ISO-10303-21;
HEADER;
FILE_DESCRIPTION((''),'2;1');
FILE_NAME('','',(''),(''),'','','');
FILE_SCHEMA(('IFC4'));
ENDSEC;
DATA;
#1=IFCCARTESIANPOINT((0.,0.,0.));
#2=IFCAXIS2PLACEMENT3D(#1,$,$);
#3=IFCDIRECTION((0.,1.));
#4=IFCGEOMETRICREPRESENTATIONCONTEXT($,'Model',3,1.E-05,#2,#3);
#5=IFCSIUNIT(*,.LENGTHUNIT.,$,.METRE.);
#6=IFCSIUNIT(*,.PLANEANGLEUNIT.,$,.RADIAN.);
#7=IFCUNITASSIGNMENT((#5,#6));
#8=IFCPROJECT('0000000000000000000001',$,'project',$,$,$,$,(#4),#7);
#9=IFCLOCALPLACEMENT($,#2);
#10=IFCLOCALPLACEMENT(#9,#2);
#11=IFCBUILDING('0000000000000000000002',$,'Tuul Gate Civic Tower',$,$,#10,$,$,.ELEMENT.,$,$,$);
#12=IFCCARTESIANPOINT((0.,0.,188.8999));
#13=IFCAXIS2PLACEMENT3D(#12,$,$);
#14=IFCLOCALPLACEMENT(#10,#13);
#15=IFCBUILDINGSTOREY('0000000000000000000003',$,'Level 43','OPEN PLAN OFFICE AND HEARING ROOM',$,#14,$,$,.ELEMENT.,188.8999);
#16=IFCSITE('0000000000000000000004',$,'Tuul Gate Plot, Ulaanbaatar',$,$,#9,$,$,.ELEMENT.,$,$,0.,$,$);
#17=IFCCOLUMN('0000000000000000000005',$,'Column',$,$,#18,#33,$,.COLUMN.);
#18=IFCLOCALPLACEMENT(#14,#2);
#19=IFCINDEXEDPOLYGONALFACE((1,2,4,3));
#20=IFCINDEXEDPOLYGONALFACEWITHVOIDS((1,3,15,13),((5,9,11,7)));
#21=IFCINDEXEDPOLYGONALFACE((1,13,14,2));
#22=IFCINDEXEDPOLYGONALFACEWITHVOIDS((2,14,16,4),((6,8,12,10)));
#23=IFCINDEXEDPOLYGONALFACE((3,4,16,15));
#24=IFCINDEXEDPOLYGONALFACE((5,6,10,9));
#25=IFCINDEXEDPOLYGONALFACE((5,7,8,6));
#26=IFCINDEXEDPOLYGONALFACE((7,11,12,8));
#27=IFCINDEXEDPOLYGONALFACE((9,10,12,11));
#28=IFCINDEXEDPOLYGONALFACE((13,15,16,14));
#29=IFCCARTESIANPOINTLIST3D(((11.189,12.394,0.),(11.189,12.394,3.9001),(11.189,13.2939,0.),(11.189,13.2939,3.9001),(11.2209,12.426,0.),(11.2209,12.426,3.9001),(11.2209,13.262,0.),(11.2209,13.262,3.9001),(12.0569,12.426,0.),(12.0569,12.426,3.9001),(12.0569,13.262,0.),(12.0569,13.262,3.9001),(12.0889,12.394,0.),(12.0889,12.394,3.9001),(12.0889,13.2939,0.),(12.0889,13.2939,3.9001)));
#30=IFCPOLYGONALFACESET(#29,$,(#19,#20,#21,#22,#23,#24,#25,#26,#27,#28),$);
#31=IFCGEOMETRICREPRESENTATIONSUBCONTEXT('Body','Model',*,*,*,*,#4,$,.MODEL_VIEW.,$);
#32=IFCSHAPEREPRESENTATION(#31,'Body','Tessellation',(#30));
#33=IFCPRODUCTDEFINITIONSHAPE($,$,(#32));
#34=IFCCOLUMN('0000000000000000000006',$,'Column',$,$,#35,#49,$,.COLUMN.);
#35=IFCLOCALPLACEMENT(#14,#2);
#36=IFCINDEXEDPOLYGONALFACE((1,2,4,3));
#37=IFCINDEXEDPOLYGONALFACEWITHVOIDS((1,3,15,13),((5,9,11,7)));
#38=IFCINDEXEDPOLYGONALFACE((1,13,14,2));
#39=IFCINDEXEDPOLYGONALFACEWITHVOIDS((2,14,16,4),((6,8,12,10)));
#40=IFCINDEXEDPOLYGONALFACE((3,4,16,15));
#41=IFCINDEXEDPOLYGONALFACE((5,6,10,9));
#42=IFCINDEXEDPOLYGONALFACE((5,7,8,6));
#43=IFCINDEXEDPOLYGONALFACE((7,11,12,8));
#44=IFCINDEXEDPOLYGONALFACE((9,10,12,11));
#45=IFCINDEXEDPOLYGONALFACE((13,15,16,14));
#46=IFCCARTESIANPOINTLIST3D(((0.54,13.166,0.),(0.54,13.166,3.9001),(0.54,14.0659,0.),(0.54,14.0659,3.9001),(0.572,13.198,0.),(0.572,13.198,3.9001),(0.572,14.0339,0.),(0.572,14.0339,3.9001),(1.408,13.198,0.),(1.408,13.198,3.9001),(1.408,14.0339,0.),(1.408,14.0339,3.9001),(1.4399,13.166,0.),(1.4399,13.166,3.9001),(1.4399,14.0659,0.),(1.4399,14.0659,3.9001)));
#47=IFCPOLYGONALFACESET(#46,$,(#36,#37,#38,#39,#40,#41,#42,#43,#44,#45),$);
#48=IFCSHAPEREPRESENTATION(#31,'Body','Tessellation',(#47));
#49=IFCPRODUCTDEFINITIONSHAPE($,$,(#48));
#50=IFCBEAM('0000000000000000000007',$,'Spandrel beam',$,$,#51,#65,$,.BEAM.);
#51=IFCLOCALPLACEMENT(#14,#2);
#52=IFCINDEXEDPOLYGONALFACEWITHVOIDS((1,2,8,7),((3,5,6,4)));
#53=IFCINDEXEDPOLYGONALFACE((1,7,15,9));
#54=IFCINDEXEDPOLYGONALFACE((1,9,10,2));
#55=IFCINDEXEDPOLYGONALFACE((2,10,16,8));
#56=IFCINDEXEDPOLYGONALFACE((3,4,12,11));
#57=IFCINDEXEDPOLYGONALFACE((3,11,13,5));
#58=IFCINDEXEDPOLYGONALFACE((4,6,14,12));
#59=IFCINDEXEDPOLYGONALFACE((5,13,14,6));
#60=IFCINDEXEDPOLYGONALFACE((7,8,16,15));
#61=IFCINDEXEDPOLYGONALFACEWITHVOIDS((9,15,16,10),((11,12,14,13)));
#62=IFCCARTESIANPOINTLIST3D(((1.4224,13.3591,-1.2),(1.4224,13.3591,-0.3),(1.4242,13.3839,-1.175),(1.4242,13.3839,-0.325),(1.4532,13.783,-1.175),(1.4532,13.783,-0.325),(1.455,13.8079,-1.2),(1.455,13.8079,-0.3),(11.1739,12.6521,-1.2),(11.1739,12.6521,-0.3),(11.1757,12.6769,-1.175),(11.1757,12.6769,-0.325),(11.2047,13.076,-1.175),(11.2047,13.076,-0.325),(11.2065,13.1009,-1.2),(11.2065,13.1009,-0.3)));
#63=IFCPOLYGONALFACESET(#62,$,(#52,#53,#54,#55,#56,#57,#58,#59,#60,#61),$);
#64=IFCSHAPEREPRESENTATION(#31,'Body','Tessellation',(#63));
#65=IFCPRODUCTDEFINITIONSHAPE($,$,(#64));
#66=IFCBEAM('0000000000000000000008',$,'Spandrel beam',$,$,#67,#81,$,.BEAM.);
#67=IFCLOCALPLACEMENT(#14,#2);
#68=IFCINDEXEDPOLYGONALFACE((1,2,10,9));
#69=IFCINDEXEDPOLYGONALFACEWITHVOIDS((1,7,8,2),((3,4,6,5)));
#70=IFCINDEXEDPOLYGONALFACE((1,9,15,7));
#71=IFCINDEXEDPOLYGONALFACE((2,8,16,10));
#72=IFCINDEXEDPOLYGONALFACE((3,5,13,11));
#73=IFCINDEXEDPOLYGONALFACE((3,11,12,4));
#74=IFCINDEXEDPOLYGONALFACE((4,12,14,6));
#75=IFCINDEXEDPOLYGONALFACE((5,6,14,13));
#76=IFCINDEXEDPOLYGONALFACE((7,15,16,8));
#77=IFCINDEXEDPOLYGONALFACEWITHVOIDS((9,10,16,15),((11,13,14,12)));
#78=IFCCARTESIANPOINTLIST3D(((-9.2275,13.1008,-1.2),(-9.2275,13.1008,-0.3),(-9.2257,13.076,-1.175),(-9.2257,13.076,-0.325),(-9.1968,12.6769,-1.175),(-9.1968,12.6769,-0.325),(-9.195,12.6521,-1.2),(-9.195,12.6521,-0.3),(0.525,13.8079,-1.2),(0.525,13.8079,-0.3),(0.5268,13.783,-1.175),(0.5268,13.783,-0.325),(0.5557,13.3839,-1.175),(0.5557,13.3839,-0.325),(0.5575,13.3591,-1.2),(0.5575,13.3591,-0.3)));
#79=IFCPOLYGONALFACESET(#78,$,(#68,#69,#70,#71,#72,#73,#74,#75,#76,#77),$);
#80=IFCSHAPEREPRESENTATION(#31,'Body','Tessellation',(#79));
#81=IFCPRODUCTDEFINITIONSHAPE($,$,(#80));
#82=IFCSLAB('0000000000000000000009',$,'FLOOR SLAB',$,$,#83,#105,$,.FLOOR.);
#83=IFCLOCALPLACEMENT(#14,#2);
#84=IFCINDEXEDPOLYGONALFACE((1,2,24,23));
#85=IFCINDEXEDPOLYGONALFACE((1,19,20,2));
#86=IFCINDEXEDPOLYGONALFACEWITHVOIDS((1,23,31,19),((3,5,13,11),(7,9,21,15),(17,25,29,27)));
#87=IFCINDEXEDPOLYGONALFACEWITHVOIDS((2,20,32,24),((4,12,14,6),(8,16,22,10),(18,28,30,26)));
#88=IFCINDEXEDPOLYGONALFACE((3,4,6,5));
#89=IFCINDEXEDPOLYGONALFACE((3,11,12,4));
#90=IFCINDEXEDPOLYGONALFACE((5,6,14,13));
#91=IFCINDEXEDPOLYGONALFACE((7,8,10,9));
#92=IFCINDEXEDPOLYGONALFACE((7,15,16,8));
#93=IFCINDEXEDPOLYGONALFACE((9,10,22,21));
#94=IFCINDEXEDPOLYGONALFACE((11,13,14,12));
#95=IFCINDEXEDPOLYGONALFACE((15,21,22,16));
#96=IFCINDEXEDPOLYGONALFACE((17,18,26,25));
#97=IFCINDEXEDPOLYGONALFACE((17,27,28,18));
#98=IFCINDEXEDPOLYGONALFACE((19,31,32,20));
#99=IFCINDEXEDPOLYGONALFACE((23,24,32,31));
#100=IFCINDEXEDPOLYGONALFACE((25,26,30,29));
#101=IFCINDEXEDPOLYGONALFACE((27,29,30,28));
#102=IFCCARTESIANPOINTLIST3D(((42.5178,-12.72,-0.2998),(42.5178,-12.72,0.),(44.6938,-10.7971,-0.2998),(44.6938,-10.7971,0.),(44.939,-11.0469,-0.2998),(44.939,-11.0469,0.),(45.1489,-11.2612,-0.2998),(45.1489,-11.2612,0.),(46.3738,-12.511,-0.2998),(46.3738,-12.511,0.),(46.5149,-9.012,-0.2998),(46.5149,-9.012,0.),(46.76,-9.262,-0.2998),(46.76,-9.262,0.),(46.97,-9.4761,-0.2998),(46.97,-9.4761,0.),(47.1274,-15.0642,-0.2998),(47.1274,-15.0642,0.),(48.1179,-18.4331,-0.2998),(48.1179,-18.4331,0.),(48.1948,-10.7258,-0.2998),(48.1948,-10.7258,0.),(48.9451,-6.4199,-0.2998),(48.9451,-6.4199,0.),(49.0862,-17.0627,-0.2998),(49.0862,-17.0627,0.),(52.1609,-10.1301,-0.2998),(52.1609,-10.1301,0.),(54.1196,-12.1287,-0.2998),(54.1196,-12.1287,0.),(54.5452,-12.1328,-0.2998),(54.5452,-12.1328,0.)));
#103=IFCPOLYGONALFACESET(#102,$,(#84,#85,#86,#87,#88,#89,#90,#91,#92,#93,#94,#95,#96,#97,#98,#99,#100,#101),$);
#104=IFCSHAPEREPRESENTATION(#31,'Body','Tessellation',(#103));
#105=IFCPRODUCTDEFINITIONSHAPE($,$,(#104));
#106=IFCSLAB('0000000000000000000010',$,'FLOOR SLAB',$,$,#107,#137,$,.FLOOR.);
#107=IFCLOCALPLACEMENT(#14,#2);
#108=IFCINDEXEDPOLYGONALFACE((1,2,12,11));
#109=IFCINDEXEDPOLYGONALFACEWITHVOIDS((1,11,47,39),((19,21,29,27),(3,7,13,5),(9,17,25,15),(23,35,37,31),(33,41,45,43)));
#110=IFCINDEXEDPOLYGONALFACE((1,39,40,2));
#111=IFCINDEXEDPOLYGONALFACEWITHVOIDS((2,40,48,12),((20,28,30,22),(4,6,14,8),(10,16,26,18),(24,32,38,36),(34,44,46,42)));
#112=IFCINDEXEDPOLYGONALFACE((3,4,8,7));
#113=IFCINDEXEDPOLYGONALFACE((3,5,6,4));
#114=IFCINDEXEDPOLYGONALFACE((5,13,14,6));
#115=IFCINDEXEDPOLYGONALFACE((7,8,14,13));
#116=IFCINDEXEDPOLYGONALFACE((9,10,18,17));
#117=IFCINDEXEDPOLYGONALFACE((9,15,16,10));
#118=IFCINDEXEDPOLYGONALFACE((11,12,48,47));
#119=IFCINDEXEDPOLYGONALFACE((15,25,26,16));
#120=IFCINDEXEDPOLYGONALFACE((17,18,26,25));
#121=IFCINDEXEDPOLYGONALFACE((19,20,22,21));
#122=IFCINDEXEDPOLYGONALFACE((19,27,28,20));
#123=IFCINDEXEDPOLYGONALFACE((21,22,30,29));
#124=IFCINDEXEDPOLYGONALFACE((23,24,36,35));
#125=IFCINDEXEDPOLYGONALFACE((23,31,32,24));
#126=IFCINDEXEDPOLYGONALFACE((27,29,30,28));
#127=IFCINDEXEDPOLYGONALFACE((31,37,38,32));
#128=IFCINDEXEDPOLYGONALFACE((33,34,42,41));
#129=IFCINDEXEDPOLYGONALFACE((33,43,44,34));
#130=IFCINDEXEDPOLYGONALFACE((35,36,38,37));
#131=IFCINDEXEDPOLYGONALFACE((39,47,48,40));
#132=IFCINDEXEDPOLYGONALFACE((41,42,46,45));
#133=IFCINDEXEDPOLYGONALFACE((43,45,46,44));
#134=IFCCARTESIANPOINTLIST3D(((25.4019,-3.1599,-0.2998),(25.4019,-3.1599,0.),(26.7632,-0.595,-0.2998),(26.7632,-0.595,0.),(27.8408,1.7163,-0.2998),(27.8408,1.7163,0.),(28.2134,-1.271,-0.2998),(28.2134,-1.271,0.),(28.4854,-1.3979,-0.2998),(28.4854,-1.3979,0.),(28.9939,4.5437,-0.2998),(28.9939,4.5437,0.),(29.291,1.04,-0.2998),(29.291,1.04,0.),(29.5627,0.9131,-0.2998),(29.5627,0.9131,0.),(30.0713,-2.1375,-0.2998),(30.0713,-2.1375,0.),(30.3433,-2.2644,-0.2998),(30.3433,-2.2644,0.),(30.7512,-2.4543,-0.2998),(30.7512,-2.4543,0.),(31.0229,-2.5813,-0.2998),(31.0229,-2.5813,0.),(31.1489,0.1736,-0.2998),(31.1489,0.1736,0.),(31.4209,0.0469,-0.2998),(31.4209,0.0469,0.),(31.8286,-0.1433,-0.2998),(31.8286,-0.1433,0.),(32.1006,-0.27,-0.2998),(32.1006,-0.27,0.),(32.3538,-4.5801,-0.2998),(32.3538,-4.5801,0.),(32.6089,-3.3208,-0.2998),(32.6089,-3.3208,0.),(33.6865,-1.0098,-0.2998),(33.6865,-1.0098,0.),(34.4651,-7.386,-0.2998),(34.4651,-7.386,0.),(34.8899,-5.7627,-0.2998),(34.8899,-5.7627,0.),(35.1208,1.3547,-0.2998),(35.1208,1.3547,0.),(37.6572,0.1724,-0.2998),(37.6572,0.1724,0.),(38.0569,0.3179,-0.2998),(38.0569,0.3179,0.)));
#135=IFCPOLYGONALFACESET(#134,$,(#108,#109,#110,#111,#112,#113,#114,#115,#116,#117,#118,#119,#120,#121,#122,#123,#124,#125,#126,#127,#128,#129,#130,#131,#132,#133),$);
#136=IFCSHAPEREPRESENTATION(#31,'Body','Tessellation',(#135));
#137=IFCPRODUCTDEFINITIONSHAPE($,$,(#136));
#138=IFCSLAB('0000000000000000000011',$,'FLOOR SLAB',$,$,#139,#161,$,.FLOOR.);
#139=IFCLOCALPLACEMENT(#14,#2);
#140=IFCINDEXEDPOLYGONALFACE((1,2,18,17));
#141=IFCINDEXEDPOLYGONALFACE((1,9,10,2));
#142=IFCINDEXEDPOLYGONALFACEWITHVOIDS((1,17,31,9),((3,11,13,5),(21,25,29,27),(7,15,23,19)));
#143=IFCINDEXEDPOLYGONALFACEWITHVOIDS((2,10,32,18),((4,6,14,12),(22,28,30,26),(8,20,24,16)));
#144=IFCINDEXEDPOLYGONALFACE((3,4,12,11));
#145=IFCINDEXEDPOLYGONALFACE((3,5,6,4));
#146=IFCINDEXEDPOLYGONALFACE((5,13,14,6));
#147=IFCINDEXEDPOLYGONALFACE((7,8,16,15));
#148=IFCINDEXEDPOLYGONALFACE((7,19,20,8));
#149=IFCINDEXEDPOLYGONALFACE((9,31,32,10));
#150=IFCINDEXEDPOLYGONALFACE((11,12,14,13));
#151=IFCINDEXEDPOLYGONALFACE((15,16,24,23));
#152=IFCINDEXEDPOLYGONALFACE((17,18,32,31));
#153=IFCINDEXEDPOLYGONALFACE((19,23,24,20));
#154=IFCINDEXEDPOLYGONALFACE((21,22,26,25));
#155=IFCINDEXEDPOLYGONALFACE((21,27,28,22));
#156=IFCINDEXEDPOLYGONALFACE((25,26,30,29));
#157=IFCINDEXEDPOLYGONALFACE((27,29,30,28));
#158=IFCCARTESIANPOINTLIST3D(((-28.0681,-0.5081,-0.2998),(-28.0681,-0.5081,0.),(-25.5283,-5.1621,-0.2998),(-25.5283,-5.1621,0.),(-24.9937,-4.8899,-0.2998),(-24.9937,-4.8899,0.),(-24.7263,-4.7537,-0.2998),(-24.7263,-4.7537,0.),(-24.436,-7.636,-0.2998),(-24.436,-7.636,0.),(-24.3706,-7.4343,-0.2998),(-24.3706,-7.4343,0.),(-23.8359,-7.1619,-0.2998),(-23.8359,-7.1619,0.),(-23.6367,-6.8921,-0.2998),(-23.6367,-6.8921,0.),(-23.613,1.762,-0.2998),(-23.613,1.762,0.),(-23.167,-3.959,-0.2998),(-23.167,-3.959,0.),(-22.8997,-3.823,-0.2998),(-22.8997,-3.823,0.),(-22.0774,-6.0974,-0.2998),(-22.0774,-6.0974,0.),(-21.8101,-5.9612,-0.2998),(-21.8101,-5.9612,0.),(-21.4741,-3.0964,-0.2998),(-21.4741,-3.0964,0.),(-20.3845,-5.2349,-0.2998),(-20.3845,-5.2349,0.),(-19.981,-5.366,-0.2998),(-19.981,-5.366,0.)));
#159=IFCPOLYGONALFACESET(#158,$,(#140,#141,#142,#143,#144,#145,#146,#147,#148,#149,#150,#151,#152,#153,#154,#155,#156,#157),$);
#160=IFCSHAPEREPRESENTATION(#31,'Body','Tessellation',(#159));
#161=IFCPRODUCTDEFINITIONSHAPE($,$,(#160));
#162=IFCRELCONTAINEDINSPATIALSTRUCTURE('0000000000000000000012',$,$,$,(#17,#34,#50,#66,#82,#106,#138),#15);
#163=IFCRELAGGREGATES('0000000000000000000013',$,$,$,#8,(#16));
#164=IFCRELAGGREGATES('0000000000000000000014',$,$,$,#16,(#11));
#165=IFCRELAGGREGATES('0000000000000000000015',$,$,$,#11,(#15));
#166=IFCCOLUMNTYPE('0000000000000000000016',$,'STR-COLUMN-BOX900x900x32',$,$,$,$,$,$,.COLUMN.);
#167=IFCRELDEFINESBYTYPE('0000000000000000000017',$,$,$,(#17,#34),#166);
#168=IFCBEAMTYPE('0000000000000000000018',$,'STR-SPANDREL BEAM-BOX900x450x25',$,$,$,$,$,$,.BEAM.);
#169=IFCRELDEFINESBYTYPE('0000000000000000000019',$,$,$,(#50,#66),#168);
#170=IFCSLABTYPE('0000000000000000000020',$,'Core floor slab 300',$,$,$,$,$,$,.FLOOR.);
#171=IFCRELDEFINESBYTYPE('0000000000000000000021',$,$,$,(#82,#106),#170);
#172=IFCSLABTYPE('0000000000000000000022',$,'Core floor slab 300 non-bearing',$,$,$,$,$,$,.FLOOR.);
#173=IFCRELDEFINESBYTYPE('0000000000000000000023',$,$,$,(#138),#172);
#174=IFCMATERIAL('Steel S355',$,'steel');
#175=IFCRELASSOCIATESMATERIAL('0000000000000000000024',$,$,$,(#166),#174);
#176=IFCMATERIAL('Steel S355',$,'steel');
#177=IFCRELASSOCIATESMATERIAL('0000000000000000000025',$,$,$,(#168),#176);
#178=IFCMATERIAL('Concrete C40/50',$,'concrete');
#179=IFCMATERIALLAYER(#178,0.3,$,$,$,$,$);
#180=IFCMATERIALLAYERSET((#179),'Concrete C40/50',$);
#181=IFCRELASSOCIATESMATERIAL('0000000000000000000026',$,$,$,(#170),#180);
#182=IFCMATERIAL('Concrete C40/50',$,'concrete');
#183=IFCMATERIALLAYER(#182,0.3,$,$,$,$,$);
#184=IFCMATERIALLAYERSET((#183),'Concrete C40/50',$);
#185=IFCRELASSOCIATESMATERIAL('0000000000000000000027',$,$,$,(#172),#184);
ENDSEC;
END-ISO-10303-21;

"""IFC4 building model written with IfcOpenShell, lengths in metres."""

from ifc_helpers import new_model, si_unit, direction, frame, origin, origin_2d, place, context, subcontext, project, spatial, polyline, hollow_rectangle, outline, extrude, material, layer, layer_set, material_profile, profile_set, type_object, element, save


model = new_model("IFC4")

# Units and contexts
model_context = context("Model", 3, precision=1e-05, world=origin(), true_north=direction((0.0, 1.0)))
body_context = subcontext(model_context, "Body", "Model", "MODEL_VIEW")
ifc_project = project(units=[si_unit("LENGTHUNIT", "METRE"), si_unit("PLANEANGLEUNIT", "RADIAN")], contexts=[model_context])

# Site, building, storey
site_placement = place(None, origin())
site = spatial("IfcSite", under=ifc_project, at=site_placement, Name="Tuul Gate Plot, Ulaanbaatar", CompositionType="ELEMENT", RefElevation=0.0)
building_placement = place(site_placement, origin())
building = spatial("IfcBuilding", under=site, at=building_placement, Name="Tuul Gate Civic Tower", CompositionType="ELEMENT")
storey_placement = place(building_placement, frame((0.0, 0.0, 188.8999)))
storey = spatial("IfcBuildingStorey", under=building, at=storey_placement, Name="Level 43", Description="OPEN PLAN OFFICE AND HEARING ROOM", CompositionType="ELEMENT", Elevation=188.8999)

# Columns
ifc_material_1 = material(Name="Steel S355", Category="steel")
ifc_material_profile_1 = material_profile(ifc_material_1, hollow_rectangle(XDim=0.8999, YDim=0.8999, WallThickness=0.032, at=origin_2d()), Name="BOX900x900x32")
ifc_profile_set_1 = profile_set([ifc_material_profile_1], Name="Steel S355")
column_type = type_object("IfcColumnType", Name="STR-COLUMN-BOX900x900x32", PredefinedType="COLUMN", material=ifc_profile_set_1)
for number, where, z_axis, x_axis, name in (
    (1, (11.6389, 12.844, 0.0), (0.0, 0.0, 1.0), (1.0, 0.0, 0.0), "Column"),
    (2, (0.99, 13.616, 0.0), (0.0, 0.0, 1.0), (1.0, 0.0, 0.0), "Column"),
):
    element("IfcColumn", number, at=place(storey_placement, frame(where, z_axis=z_axis, x_axis=x_axis)), inside=storey, type_object=column_type, Name=name, PredefinedType="COLUMN", context=body_context, shape_type="SweptSolid", body=[
        extrude(hollow_rectangle(XDim=0.8999, YDim=0.8999, WallThickness=0.032, at=origin_2d()), origin(), (0.0, 0.0, 1.0), 3.9001),
    ])

# Beams
ifc_material_2 = material(Name="Steel S355", Category="steel")
ifc_material_profile_2 = material_profile(ifc_material_2, hollow_rectangle(XDim=0.45, YDim=0.8999, WallThickness=0.0249, at=origin_2d()), Name="BOX900x450x25")
ifc_profile_set_2 = profile_set([ifc_material_profile_2], Name="Steel S355")
beam_type = type_object("IfcBeamType", Name="STR-SPANDREL BEAM-BOX900x450x25", PredefinedType="BEAM", material=ifc_profile_set_2)
beam_1_placement = place(storey_placement, frame((11.1902, 12.8765, -0.75), z_axis=(-0.997382, 0.072315, 0.0), x_axis=(-0.072315, -0.997382, 0.0)))
element("IfcBeam", 3, at=beam_1_placement, inside=storey, type_object=beam_type, Name="Spandrel beam", PredefinedType="BEAM", context=body_context, shape_type="SweptSolid", body=[
    extrude(hollow_rectangle(XDim=0.45, YDim=0.8999, WallThickness=0.0249, at=origin_2d()), origin(), (0.0, 0.0, 1.0), 9.7771),
])
beam_2_placement = place(storey_placement, frame((0.5413, 13.5835, -0.75), z_axis=(-0.997382, -0.072308, 0.0), x_axis=(0.072308, -0.997382, 0.0)))
element("IfcBeam", 4, at=beam_2_placement, inside=storey, type_object=beam_type, Name="Spandrel beam", PredefinedType="BEAM", context=body_context, shape_type="SweptSolid", body=[
    extrude(hollow_rectangle(XDim=0.45, YDim=0.8999, WallThickness=0.0249, at=origin_2d()), origin(), (0.0, 0.0, 1.0), 9.7781),
])

# Slabs
ifc_material_3 = material(Name="Concrete C40/50", Category="concrete")
ifc_layer_1 = layer(ifc_material_3, 0.3)
ifc_layer_set_1 = layer_set([ifc_layer_1], Name="Concrete C40/50")
slab_type_1 = type_object("IfcSlabType", Name="Core floor slab 300", PredefinedType="FLOOR", material=ifc_layer_set_1)
slab_1_placement = place(storey_placement, frame((0.0, 0.0, -0.2998)))
element("IfcSlab", 5, at=slab_1_placement, inside=storey, type_object=slab_type_1, Name="FLOOR SLAB", PredefinedType="FLOOR", context=body_context, shape_type="SweptSolid", body=[
    extrude(outline(polyline([(48.1179, -18.4331), (54.5452, -12.1328), (48.9451, -6.4199), (42.5178, -12.72), (48.1179, -18.4331)]), holes=[polyline([(46.3738, -12.511), (48.1948, -10.7258), (46.97, -9.4761), (45.1489, -11.2612), (46.3738, -12.511)]), polyline([(44.939, -11.0469), (46.76, -9.262), (46.5149, -9.012), (44.6938, -10.7971), (44.939, -11.0469)]), polyline([(49.0862, -17.0627), (47.1274, -15.0642), (52.1609, -10.1301), (54.1196, -12.1287), (49.0862, -17.0627)])]), origin(), (0.0, 0.0, 1.0), 0.2998),
])
slab_2_placement = place(storey_placement, frame((0.0, 0.0, -0.2998)))
element("IfcSlab", 6, at=slab_2_placement, inside=storey, type_object=slab_type_1, Name="FLOOR SLAB", PredefinedType="FLOOR", context=body_context, shape_type="SweptSolid", body=[
    extrude(outline(polyline([(34.4651, -7.386), (38.0569, 0.3179), (28.9939, 4.5437), (25.4019, -3.1599), (34.4651, -7.386)]), holes=[polyline([(32.6089, -3.3208), (33.6865, -1.0098), (32.1006, -0.27), (31.0229, -2.5813), (32.6089, -3.3208)]), polyline([(30.0713, -2.1375), (31.1489, 0.1736), (29.5627, 0.9131), (28.4854, -1.3979), (30.0713, -2.1375)]), polyline([(30.7512, -2.4543), (31.8286, -0.1433), (31.4209, 0.0469), (30.3433, -2.2644), (30.7512, -2.4543)]), polyline([(28.2134, -1.271), (29.291, 1.04), (27.8408, 1.7163), (26.7632, -0.595), (28.2134, -1.271)]), polyline([(34.8899, -5.7627), (32.3538, -4.5801), (35.1208, 1.3547), (37.6572, 0.1724), (34.8899, -5.7627)])]), origin(), (0.0, 0.0, 1.0), 0.2998),
])
ifc_material_4 = material(Name="Concrete C40/50", Category="concrete")
ifc_layer_2 = layer(ifc_material_4, 0.3)
ifc_layer_set_2 = layer_set([ifc_layer_2], Name="Concrete C40/50")
slab_type_2 = type_object("IfcSlabType", Name="Core floor slab 300 non-bearing", PredefinedType="FLOOR", material=ifc_layer_set_2)
slab_3_placement = place(storey_placement, frame((0.0, 0.0, -0.2998)))
element("IfcSlab", 7, at=slab_3_placement, inside=storey, type_object=slab_type_2, Name="FLOOR SLAB", PredefinedType="FLOOR", context=body_context, shape_type="SweptSolid", body=[
    extrude(outline(polyline([(-19.981, -5.366), (-23.613, 1.762), (-28.0681, -0.5081), (-24.436, -7.636), (-19.981, -5.366)]), holes=[polyline([(-20.3845, -5.2349), (-21.4741, -3.0964), (-22.8997, -3.823), (-21.8101, -5.9612), (-20.3845, -5.2349)]), polyline([(-22.0774, -6.0974), (-23.167, -3.959), (-24.7263, -4.7537), (-23.6367, -6.8921), (-22.0774, -6.0974)]), polyline([(-23.8359, -7.1619), (-24.9937, -4.8899), (-25.5283, -5.1621), (-24.3706, -7.4343), (-23.8359, -7.1619)])]), origin(), (0.0, 0.0, 1.0), 0.2998),
])

save(model, "model.ifc")
